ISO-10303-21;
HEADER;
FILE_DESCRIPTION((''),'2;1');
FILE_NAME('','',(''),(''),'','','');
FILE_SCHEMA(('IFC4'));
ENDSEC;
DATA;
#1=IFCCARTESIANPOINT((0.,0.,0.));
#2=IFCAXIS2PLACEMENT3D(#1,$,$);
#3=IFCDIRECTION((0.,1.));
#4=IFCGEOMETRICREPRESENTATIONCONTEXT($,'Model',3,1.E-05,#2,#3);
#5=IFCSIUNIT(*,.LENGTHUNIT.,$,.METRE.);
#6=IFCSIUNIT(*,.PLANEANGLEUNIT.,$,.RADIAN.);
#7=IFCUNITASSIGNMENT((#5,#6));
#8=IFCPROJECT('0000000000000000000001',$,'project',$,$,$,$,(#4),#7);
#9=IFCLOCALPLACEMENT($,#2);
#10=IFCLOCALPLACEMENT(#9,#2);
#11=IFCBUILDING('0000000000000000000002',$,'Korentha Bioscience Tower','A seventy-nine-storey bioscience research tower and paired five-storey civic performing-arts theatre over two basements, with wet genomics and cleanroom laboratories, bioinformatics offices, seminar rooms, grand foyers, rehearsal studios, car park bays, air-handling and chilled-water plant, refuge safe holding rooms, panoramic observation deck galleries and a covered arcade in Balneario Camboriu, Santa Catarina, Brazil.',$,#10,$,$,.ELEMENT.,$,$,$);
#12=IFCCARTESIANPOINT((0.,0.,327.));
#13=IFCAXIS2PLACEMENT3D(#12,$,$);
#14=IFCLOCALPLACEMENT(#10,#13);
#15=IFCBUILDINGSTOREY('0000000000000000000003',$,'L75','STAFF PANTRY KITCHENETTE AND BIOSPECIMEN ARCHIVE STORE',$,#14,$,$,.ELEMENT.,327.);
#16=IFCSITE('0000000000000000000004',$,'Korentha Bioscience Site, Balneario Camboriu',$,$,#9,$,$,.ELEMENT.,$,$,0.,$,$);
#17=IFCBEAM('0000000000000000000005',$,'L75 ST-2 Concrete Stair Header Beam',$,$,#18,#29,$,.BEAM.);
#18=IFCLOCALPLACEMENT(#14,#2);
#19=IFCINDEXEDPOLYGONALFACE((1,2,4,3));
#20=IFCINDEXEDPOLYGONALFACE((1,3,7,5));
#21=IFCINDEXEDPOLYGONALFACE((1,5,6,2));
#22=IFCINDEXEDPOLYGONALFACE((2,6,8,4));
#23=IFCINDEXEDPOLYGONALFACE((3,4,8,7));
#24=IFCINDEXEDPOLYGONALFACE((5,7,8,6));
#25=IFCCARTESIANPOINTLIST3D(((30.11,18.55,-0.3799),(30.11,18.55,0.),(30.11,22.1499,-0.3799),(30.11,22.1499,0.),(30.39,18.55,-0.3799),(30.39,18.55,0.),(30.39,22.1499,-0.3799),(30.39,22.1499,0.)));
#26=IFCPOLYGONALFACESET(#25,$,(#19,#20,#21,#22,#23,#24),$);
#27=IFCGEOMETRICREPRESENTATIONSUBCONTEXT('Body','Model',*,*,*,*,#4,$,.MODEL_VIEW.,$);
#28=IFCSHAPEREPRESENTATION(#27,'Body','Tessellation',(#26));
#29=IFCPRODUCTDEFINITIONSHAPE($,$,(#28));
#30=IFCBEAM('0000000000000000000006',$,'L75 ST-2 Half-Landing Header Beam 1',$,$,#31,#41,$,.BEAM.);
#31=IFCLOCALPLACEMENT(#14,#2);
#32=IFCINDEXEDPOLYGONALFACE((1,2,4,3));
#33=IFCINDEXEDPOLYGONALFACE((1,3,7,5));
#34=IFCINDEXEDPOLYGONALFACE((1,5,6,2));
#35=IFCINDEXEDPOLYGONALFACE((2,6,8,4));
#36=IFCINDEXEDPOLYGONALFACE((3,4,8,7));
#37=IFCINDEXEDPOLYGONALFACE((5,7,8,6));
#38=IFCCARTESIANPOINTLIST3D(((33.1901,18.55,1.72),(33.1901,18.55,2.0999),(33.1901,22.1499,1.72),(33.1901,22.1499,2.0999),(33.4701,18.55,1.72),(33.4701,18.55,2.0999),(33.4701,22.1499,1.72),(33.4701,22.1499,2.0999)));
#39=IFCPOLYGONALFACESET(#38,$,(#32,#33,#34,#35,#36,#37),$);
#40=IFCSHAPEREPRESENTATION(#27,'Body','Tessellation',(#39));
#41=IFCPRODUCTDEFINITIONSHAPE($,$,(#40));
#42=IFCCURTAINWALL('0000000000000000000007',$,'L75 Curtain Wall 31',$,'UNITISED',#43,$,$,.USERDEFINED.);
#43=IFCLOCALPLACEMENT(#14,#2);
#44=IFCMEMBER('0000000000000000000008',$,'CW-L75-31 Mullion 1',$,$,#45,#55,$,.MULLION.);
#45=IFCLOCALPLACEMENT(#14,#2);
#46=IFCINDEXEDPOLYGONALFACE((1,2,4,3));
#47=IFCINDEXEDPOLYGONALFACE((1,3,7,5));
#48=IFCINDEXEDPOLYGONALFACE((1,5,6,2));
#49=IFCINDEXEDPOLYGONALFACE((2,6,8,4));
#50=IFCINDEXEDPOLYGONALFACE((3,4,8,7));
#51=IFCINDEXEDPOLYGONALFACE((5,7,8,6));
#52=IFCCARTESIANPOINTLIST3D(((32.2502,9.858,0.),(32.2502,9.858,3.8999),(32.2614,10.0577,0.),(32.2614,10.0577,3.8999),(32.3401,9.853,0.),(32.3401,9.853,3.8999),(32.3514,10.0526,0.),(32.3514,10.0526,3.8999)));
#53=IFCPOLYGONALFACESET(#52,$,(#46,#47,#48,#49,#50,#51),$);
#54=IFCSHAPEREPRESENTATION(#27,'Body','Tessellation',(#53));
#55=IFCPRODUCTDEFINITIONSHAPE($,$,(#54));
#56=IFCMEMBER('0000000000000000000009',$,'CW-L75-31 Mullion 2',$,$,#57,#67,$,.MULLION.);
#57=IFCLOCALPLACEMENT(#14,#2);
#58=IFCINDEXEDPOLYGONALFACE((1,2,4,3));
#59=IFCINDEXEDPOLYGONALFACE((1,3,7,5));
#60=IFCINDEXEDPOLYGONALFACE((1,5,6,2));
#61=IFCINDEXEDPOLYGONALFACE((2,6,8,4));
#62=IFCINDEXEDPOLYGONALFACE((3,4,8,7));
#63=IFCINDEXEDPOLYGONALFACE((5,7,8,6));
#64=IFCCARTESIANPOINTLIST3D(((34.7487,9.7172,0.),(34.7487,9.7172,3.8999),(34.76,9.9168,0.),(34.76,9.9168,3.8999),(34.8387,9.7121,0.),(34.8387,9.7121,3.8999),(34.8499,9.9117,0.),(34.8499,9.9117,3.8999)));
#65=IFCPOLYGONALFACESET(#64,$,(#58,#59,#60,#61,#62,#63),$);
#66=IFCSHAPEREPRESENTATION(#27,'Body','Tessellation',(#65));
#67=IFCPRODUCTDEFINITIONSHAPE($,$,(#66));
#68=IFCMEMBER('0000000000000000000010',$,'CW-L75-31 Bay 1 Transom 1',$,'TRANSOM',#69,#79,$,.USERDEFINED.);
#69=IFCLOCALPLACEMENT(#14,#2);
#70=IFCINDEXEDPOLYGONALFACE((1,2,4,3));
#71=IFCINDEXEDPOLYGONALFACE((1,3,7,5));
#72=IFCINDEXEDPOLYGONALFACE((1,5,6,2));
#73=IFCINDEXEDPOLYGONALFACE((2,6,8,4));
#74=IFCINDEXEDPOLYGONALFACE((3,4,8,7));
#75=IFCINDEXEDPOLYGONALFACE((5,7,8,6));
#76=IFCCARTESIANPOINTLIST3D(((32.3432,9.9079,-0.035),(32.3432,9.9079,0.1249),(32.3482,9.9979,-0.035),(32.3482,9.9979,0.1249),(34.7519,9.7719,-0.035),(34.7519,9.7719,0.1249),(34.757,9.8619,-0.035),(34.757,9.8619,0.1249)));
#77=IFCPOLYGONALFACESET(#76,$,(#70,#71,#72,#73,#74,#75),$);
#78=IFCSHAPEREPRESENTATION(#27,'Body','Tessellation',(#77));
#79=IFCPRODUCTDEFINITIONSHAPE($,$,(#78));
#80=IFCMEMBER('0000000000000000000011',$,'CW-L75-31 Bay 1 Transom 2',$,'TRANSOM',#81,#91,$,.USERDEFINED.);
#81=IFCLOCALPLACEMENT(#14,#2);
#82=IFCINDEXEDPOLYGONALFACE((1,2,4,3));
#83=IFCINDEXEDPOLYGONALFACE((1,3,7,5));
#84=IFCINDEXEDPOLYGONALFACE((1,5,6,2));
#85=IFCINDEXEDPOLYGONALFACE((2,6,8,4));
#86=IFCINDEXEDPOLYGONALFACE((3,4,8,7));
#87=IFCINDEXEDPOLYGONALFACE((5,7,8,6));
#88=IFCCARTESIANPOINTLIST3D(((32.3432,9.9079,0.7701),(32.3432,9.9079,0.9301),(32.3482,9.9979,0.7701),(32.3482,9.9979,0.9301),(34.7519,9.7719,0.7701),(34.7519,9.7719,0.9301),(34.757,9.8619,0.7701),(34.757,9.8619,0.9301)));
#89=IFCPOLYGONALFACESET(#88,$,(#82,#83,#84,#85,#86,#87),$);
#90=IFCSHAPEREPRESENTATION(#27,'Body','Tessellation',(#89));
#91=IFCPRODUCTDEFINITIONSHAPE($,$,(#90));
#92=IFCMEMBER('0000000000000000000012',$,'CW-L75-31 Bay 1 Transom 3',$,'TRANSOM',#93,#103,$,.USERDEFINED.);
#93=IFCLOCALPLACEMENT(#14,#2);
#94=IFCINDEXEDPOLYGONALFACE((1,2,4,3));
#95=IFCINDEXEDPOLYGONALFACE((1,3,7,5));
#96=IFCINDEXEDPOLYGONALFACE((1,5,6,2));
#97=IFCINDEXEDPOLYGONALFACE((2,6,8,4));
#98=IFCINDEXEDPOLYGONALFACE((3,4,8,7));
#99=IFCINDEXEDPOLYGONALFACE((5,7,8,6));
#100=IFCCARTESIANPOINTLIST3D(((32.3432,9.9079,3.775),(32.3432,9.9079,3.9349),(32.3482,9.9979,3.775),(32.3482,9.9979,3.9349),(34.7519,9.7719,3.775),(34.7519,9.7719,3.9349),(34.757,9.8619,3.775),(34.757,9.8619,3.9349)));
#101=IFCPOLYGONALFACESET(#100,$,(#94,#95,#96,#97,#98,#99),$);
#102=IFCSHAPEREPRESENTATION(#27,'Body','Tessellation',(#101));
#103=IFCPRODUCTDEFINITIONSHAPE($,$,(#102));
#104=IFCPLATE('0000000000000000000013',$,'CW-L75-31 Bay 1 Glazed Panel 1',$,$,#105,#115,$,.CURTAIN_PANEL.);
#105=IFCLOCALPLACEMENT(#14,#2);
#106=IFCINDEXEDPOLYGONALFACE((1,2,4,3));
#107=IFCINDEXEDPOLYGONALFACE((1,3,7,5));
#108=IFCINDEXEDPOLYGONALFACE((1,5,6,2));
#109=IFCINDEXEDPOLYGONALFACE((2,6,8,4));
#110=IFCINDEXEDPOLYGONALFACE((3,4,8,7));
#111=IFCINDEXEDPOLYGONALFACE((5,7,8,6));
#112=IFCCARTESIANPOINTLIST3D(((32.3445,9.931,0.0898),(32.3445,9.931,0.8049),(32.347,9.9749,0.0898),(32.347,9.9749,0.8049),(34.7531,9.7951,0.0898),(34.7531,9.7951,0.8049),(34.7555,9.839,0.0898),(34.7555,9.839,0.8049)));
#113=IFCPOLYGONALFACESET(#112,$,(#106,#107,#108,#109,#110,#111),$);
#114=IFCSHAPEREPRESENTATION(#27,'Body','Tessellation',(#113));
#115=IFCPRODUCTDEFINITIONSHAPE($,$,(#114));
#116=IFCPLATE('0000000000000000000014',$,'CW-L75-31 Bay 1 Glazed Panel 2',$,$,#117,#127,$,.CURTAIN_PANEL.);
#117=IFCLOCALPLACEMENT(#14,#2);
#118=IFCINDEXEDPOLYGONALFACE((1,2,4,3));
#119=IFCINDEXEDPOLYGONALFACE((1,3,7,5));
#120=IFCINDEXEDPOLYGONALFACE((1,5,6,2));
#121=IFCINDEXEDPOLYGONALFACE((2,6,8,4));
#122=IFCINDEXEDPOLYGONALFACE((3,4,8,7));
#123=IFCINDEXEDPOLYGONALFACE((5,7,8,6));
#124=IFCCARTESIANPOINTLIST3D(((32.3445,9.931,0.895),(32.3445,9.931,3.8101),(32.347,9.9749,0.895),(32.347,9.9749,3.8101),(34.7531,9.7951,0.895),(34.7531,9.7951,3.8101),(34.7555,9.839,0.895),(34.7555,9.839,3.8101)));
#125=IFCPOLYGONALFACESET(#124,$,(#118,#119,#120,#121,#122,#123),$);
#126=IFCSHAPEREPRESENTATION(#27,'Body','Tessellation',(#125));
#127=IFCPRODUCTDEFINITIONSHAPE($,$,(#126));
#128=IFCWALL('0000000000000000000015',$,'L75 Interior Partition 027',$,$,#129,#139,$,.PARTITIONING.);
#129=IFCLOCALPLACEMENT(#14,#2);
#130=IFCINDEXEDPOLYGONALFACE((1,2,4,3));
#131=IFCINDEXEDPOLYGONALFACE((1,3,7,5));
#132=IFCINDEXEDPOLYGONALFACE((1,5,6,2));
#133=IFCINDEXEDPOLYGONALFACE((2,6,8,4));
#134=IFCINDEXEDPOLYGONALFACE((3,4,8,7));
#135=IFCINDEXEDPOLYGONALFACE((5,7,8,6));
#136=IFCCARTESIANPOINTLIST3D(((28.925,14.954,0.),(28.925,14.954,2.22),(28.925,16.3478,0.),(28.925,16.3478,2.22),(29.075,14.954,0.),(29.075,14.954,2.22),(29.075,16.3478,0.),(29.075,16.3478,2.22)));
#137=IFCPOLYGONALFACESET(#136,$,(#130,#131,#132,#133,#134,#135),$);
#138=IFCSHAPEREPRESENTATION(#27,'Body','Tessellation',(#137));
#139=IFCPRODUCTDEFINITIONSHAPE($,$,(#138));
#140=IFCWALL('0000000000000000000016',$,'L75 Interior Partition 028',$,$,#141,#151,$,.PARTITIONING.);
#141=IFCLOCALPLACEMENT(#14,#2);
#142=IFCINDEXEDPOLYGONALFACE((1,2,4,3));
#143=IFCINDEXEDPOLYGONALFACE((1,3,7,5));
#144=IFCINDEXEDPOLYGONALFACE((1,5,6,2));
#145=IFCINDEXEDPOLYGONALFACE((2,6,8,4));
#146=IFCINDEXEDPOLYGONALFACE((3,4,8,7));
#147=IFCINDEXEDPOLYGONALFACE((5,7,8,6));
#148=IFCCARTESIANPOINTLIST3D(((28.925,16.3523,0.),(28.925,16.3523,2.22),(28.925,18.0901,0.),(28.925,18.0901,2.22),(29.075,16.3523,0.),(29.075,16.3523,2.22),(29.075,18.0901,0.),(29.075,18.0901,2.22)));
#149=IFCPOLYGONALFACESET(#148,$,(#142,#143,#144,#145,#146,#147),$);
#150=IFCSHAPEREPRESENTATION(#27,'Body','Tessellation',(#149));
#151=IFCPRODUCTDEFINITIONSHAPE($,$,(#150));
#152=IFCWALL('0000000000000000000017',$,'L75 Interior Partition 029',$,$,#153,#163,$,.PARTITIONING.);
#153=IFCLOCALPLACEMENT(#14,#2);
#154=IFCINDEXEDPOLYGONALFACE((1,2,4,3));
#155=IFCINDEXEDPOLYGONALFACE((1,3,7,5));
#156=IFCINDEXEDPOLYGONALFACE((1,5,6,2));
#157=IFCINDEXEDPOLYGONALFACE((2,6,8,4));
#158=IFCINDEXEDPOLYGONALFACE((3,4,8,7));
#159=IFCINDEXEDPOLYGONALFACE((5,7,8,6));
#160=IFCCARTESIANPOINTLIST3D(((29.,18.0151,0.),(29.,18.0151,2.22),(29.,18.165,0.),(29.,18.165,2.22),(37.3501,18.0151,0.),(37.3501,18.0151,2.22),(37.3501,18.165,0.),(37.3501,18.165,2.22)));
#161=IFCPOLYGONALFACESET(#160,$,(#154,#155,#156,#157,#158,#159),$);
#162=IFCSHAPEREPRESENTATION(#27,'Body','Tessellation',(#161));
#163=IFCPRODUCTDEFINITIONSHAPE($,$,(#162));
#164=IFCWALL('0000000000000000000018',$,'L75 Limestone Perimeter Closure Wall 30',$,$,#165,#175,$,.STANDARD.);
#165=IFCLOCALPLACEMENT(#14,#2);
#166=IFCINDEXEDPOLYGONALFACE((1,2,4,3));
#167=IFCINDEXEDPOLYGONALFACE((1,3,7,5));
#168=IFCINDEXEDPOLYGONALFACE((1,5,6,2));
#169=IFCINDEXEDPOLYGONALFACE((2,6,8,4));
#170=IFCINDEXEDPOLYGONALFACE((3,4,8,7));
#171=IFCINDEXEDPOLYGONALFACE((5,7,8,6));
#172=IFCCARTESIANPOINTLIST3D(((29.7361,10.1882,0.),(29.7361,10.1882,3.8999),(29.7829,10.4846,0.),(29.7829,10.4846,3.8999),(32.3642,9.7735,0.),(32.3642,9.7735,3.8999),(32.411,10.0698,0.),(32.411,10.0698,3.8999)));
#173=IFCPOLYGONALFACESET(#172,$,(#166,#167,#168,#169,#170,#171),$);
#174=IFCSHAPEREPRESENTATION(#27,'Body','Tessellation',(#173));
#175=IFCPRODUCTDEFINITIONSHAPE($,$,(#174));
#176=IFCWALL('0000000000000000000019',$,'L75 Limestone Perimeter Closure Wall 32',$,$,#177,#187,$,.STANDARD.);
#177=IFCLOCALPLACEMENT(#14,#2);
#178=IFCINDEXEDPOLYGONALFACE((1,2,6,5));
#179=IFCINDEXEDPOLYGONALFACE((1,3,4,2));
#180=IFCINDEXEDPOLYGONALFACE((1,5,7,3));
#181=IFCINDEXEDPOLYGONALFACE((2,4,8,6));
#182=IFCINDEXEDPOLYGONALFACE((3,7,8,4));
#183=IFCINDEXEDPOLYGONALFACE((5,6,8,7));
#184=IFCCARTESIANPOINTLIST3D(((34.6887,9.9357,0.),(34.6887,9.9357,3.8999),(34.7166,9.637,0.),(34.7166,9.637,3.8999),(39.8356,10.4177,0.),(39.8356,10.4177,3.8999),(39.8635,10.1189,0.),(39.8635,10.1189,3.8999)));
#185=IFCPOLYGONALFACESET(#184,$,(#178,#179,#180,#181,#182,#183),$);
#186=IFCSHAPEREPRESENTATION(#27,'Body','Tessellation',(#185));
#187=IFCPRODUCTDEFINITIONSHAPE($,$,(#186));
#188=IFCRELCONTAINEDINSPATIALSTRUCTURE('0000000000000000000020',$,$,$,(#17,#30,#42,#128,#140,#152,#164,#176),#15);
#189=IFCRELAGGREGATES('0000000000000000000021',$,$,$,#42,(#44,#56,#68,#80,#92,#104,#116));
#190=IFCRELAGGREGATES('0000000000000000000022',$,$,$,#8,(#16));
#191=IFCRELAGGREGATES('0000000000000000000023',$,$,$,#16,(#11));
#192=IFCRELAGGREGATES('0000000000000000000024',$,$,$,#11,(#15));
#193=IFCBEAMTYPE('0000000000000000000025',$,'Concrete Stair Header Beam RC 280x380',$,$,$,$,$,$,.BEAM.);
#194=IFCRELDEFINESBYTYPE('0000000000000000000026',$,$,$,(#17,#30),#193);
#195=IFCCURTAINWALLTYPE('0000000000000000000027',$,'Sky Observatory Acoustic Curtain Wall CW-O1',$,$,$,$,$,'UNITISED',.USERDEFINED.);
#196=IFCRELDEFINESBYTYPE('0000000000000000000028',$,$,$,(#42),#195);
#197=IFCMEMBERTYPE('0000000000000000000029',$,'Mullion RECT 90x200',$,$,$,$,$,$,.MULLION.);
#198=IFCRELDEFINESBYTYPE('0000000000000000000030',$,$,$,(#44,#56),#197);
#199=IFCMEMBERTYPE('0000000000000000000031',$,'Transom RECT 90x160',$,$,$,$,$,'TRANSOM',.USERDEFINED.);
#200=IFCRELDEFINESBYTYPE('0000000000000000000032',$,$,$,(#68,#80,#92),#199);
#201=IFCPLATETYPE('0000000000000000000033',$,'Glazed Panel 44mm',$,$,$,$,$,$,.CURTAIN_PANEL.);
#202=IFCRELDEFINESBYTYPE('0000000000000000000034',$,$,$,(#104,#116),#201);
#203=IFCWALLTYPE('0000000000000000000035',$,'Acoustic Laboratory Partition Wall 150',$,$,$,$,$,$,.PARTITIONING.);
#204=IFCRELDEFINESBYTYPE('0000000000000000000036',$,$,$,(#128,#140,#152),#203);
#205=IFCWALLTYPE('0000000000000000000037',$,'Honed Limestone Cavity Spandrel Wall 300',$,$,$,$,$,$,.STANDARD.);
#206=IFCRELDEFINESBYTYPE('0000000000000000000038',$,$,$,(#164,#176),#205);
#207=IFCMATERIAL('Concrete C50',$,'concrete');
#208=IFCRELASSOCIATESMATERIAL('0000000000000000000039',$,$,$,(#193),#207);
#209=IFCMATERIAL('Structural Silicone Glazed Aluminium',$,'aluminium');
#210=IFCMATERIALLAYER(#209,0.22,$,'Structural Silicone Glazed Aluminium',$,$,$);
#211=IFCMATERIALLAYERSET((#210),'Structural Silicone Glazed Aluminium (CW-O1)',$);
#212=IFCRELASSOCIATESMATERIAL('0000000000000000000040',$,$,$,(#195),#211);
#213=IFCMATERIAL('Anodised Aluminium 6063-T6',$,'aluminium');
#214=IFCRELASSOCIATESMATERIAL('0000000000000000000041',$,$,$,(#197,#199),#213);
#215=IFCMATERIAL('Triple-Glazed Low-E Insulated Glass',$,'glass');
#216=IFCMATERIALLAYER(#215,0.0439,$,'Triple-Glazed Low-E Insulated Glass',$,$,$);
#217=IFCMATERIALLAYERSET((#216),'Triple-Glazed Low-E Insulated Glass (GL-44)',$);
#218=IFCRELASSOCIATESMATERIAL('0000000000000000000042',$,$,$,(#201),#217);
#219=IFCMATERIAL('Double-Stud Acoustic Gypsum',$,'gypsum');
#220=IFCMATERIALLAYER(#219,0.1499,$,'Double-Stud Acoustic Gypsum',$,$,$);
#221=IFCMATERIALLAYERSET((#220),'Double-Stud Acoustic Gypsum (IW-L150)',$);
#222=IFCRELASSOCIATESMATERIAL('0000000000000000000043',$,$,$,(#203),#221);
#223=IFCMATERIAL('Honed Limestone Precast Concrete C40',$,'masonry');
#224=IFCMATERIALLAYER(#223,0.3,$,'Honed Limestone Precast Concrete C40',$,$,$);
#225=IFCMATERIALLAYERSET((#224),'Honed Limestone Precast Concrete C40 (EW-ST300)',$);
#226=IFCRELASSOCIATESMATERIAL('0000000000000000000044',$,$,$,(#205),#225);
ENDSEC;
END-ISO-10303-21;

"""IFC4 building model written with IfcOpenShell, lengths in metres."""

from ifc_helpers import new_model, si_unit, direction, frame, frame_2d, origin, origin_2d, place, context, subcontext, project, spatial, rectangle, extrude, material, layer, layer_set, material_profile, profile_set, type_object, element, aggregate, save


model = new_model("IFC4")

# Units and contexts
model_context = context("Model", 3, precision=1e-05, world=origin(), true_north=direction((0.0, 1.0)))
body_context = subcontext(model_context, "Body", "Model", "MODEL_VIEW")
ifc_project = project(units=[si_unit("LENGTHUNIT", "METRE"), si_unit("PLANEANGLEUNIT", "RADIAN")], contexts=[model_context])

# Site, building, storey
site_placement = place(None, origin())
site = spatial("IfcSite", under=ifc_project, at=site_placement, Name="Korentha Bioscience Site, Balneario Camboriu", CompositionType="ELEMENT", RefElevation=0.0)
building_placement = place(site_placement, origin())
building = spatial("IfcBuilding", under=site, at=building_placement, Name="Korentha Bioscience Tower", Description="A seventy-nine-storey bioscience research tower and paired five-storey civic performing-arts theatre over two basements, with wet genomics and cleanroom laboratories, bioinformatics offices, seminar rooms, grand foyers, rehearsal studios, car park bays, air-handling and chilled-water plant, refuge safe holding rooms, panoramic observation deck galleries and a covered arcade in Balneario Camboriu, Santa Catarina, Brazil.", CompositionType="ELEMENT")
storey_placement = place(building_placement, frame((0.0, 0.0, 327.0)))
storey = spatial("IfcBuildingStorey", under=building, at=storey_placement, Name="L75", Description="STAFF PANTRY KITCHENETTE AND BIOSPECIMEN ARCHIVE STORE", CompositionType="ELEMENT", Elevation=327.0)

# Beams
ifc_material_1 = material(Name="Concrete C50", Category="concrete")
ifc_material_profile_1 = material_profile(ifc_material_1, rectangle(XDim=0.28, YDim=0.3799, at=origin_2d()), Name="Concrete C50")
ifc_profile_set_1 = profile_set([ifc_material_profile_1], Name="Concrete C50 (ST-HB380)")
beam_type = type_object("IfcBeamType", Name="Concrete Stair Header Beam RC 280x380", PredefinedType="BEAM", material=ifc_profile_set_1)
for number, where, z_axis, x_axis, name in (
    (1, (30.25, 18.55, -0.1899), (0.0, 1.0, 0.0), (-1.0, 0.0, 0.0), "L75 ST-2 Concrete Stair Header Beam"),
    (2, (33.3301, 18.55, 1.9099), (0.0, 1.0, 0.0), (-1.0, 0.0, 0.0), "L75 ST-2 Half-Landing Header Beam 1"),
):
    element("IfcBeam", number, at=place(storey_placement, frame(where, z_axis=z_axis, x_axis=x_axis)), inside=storey, type_object=beam_type, Name=name, PredefinedType="BEAM", context=body_context, shape_type="SweptSolid", body=[
        extrude(rectangle(XDim=0.28, YDim=0.3799, at=origin_2d()), origin(), (0.0, 0.0, 1.0), 3.5999),
    ])

# Curtain wall, members, plates
ifc_material_2 = material(Name="Structural Silicone Glazed Aluminium", Category="aluminium")
ifc_layer_1 = layer(ifc_material_2, 0.22, Name="Structural Silicone Glazed Aluminium")
ifc_layer_set_1 = layer_set([ifc_layer_1], Name="Structural Silicone Glazed Aluminium (CW-O1)")
curtain_wall_type = type_object("IfcCurtainWallType", Name="Sky Observatory Acoustic Curtain Wall CW-O1", ElementType="UNITISED", PredefinedType="USERDEFINED", material=ifc_layer_set_1)
curtain_wall_placement = place(storey_placement, origin())
curtain_wall = element("IfcCurtainWall", 3, at=curtain_wall_placement, inside=storey, type_object=curtain_wall_type, Name="L75 Curtain Wall 31", ObjectType="UNITISED", PredefinedType="USERDEFINED")
ifc_material_3 = material(Name="Anodised Aluminium 6063-T6", Category="aluminium")
ifc_material_profile_2 = material_profile(ifc_material_3, rectangle(XDim=0.0901, YDim=0.2, at=origin_2d()), Name="Anodised Aluminium 6063-T6")
ifc_profile_set_2 = profile_set([ifc_material_profile_2], Name="Anodised Aluminium 6063-T6 (CW-MUL)")
member_type_1 = type_object("IfcMemberType", Name="Mullion RECT 90x200", PredefinedType="MULLION", material=ifc_profile_set_2)
member_1_placement = place(storey_placement, frame((32.3008, 9.9553, 0.0), z_axis=(0.0, 0.0, 1.0), x_axis=(0.998413, -0.056318, 0.0)))
member_1 = element("IfcMember", 4, at=member_1_placement, type_object=member_type_1, Name="CW-L75-31 Mullion 1", PredefinedType="MULLION", context=body_context, shape_type="SweptSolid", body=[
    extrude(rectangle(XDim=0.0901, YDim=0.2, at=origin_2d()), origin(), (0.0, 0.0, 1.0), 3.8999),
])
member_2_placement = place(storey_placement, frame((34.7993, 9.8145, 0.0), z_axis=(0.0, 0.0, 1.0), x_axis=(0.998413, -0.056318, 0.0)))
member_2 = element("IfcMember", 5, at=member_2_placement, type_object=member_type_1, Name="CW-L75-31 Mullion 2", PredefinedType="MULLION", context=body_context, shape_type="SweptSolid", body=[
    extrude(rectangle(XDim=0.0901, YDim=0.2, at=origin_2d()), origin(), (0.0, 0.0, 1.0), 3.8999),
])
ifc_material_profile_3 = material_profile(ifc_material_3, rectangle(XDim=0.0901, YDim=0.1599, at=origin_2d()), Name="Anodised Aluminium 6063-T6")
ifc_profile_set_3 = profile_set([ifc_material_profile_3], Name="Anodised Aluminium 6063-T6 (CW-TRN)")
member_type_2 = type_object("IfcMemberType", Name="Transom RECT 90x160", ElementType="TRANSOM", PredefinedType="USERDEFINED", material=ifc_profile_set_3)
member_3_placement = place(storey_placement, frame((32.3457, 9.9529, 0.0449), z_axis=(0.99841, -0.056367, 0.0), x_axis=(0.056367, 0.99841, 0.0)))
member_3 = element("IfcMember", 6, at=member_3_placement, type_object=member_type_2, Name="CW-L75-31 Bay 1 Transom 1", ObjectType="TRANSOM", PredefinedType="USERDEFINED", context=body_context, shape_type="SweptSolid", body=[
    extrude(rectangle(XDim=0.0901, YDim=0.1599, at=origin_2d()), origin(), (0.0, 0.0, 1.0), 2.4126),
])
member_4_placement = place(storey_placement, frame((32.3457, 9.9529, 0.8501), z_axis=(0.99841, -0.056367, 0.0), x_axis=(0.056367, 0.99841, 0.0)))
member_4 = element("IfcMember", 7, at=member_4_placement, type_object=member_type_2, Name="CW-L75-31 Bay 1 Transom 2", ObjectType="TRANSOM", PredefinedType="USERDEFINED", context=body_context, shape_type="SweptSolid", body=[
    extrude(rectangle(XDim=0.0901, YDim=0.1599, at=origin_2d()), origin(), (0.0, 0.0, 1.0), 2.4126),
])
member_5_placement = place(storey_placement, frame((32.3457, 9.9529, 3.855), z_axis=(0.99841, -0.056367, 0.0), x_axis=(0.056367, 0.99841, 0.0)))
member_5 = element("IfcMember", 8, at=member_5_placement, type_object=member_type_2, Name="CW-L75-31 Bay 1 Transom 3", ObjectType="TRANSOM", PredefinedType="USERDEFINED", context=body_context, shape_type="SweptSolid", body=[
    extrude(rectangle(XDim=0.0901, YDim=0.1599, at=origin_2d()), origin(), (0.0, 0.0, 1.0), 2.4126),
])
ifc_material_4 = material(Name="Triple-Glazed Low-E Insulated Glass", Category="glass")
ifc_layer_2 = layer(ifc_material_4, 0.0439, Name="Triple-Glazed Low-E Insulated Glass")
ifc_layer_set_2 = layer_set([ifc_layer_2], Name="Triple-Glazed Low-E Insulated Glass (GL-44)")
plate_type = type_object("IfcPlateType", Name="Glazed Panel 44mm", PredefinedType="CURTAIN_PANEL", material=ifc_layer_set_2)
plate_1_placement = place(storey_placement, frame((33.55, 9.885, 0.0898), z_axis=(0.0, 0.0, 1.0), x_axis=(0.998413, -0.056318, 0.0)))
plate_1 = element("IfcPlate", 9, at=plate_1_placement, type_object=plate_type, Name="CW-L75-31 Bay 1 Glazed Panel 1", PredefinedType="CURTAIN_PANEL", context=body_context, shape_type="SweptSolid", body=[
    extrude(rectangle(XDim=2.4124, YDim=0.0439, at=origin_2d()), origin(), (0.0, 0.0, 1.0), 0.7151),
])
plate_2_placement = place(storey_placement, frame((33.55, 9.885, 0.895), z_axis=(0.0, 0.0, 1.0), x_axis=(0.998413, -0.056318, 0.0)))
plate_2 = element("IfcPlate", 10, at=plate_2_placement, type_object=plate_type, Name="CW-L75-31 Bay 1 Glazed Panel 2", PredefinedType="CURTAIN_PANEL", context=body_context, shape_type="SweptSolid", body=[
    extrude(rectangle(XDim=2.4124, YDim=0.0439, at=origin_2d()), origin(), (0.0, 0.0, 1.0), 2.915),
])
aggregate(curtain_wall, [member_1, member_2, member_3, member_4, member_5, plate_1, plate_2])

# Walls
ifc_material_5 = material(Name="Double-Stud Acoustic Gypsum", Category="gypsum")
ifc_layer_3 = layer(ifc_material_5, 0.1499, Name="Double-Stud Acoustic Gypsum")
ifc_layer_set_3 = layer_set([ifc_layer_3], Name="Double-Stud Acoustic Gypsum (IW-L150)")
wall_type_1 = type_object("IfcWallType", Name="Acoustic Laboratory Partition Wall 150", PredefinedType="PARTITIONING", material=ifc_layer_set_3)
wall_1_placement = place(storey_placement, frame((29.0, 14.9541, 0.0), z_axis=(0.0, 0.0, 1.0), x_axis=(0.0, 1.0, 0.0)))
element("IfcWall", 11, at=wall_1_placement, inside=storey, type_object=wall_type_1, Name="L75 Interior Partition 027", PredefinedType="PARTITIONING", context=body_context, shape_type="SweptSolid", body=[
    extrude(rectangle(XDim=1.3938, YDim=0.1499, at=frame_2d((0.6968, 0.0))), origin(), (0.0, 0.0, 1.0), 2.22),
])
wall_2_placement = place(storey_placement, frame((29.0, 16.3523, 0.0), z_axis=(0.0, 0.0, 1.0), x_axis=(0.0, 1.0, 0.0)))
element("IfcWall", 12, at=wall_2_placement, inside=storey, type_object=wall_type_1, Name="L75 Interior Partition 028", PredefinedType="PARTITIONING", context=body_context, shape_type="SweptSolid", body=[
    extrude(rectangle(XDim=1.7378, YDim=0.1499, at=frame_2d((0.8689, 0.0))), origin(), (0.0, 0.0, 1.0), 2.22),
])
wall_3_placement = place(storey_placement, frame((29.0, 18.0901, 0.0), z_axis=(0.0, 0.0, 1.0), x_axis=(1.0, 0.0, 0.0)))
element("IfcWall", 13, at=wall_3_placement, inside=storey, type_object=wall_type_1, Name="L75 Interior Partition 029", PredefinedType="PARTITIONING", context=body_context, shape_type="SweptSolid", body=[
    extrude(rectangle(XDim=8.3501, YDim=0.1499, at=frame_2d((4.175, 0.0))), origin(), (0.0, 0.0, 1.0), 2.22),
])
ifc_material_6 = material(Name="Honed Limestone Precast Concrete C40", Category="masonry")
ifc_layer_4 = layer(ifc_material_6, 0.3, Name="Honed Limestone Precast Concrete C40")
ifc_layer_set_4 = layer_set([ifc_layer_4], Name="Honed Limestone Precast Concrete C40 (EW-ST300)")
wall_type_2 = type_object("IfcWallType", Name="Honed Limestone Cavity Spandrel Wall 300", PredefinedType="STANDARD", material=ifc_layer_set_4)
wall_4_placement = place(storey_placement, frame((29.7595, 10.3364, 0.0), z_axis=(0.0, 0.0, 1.0), x_axis=(0.987773, -0.155897, 0.0)))
element("IfcWall", 14, at=wall_4_placement, inside=storey, type_object=wall_type_2, Name="L75 Limestone Perimeter Closure Wall 30", PredefinedType="STANDARD", context=body_context, shape_type="SweptSolid", body=[
    extrude(rectangle(XDim=2.6606, YDim=0.3, at=frame_2d((1.3303, 0.0))), origin(), (0.0, 0.0, 1.0), 3.8999),
])
wall_5_placement = place(storey_placement, frame((34.7026, 9.7864, 0.0), z_axis=(0.0, 0.0, 1.0), x_axis=(0.995645, 0.093227, 0.0)))
element("IfcWall", 15, at=wall_5_placement, inside=storey, type_object=wall_type_2, Name="L75 Limestone Perimeter Closure Wall 32", PredefinedType="STANDARD", context=body_context, shape_type="SweptSolid", body=[
    extrude(rectangle(XDim=5.1694, YDim=0.3, at=frame_2d((2.5847, 0.0))), origin(), (0.0, 0.0, 1.0), 3.8999),
])

save(model, "model.ifc")
